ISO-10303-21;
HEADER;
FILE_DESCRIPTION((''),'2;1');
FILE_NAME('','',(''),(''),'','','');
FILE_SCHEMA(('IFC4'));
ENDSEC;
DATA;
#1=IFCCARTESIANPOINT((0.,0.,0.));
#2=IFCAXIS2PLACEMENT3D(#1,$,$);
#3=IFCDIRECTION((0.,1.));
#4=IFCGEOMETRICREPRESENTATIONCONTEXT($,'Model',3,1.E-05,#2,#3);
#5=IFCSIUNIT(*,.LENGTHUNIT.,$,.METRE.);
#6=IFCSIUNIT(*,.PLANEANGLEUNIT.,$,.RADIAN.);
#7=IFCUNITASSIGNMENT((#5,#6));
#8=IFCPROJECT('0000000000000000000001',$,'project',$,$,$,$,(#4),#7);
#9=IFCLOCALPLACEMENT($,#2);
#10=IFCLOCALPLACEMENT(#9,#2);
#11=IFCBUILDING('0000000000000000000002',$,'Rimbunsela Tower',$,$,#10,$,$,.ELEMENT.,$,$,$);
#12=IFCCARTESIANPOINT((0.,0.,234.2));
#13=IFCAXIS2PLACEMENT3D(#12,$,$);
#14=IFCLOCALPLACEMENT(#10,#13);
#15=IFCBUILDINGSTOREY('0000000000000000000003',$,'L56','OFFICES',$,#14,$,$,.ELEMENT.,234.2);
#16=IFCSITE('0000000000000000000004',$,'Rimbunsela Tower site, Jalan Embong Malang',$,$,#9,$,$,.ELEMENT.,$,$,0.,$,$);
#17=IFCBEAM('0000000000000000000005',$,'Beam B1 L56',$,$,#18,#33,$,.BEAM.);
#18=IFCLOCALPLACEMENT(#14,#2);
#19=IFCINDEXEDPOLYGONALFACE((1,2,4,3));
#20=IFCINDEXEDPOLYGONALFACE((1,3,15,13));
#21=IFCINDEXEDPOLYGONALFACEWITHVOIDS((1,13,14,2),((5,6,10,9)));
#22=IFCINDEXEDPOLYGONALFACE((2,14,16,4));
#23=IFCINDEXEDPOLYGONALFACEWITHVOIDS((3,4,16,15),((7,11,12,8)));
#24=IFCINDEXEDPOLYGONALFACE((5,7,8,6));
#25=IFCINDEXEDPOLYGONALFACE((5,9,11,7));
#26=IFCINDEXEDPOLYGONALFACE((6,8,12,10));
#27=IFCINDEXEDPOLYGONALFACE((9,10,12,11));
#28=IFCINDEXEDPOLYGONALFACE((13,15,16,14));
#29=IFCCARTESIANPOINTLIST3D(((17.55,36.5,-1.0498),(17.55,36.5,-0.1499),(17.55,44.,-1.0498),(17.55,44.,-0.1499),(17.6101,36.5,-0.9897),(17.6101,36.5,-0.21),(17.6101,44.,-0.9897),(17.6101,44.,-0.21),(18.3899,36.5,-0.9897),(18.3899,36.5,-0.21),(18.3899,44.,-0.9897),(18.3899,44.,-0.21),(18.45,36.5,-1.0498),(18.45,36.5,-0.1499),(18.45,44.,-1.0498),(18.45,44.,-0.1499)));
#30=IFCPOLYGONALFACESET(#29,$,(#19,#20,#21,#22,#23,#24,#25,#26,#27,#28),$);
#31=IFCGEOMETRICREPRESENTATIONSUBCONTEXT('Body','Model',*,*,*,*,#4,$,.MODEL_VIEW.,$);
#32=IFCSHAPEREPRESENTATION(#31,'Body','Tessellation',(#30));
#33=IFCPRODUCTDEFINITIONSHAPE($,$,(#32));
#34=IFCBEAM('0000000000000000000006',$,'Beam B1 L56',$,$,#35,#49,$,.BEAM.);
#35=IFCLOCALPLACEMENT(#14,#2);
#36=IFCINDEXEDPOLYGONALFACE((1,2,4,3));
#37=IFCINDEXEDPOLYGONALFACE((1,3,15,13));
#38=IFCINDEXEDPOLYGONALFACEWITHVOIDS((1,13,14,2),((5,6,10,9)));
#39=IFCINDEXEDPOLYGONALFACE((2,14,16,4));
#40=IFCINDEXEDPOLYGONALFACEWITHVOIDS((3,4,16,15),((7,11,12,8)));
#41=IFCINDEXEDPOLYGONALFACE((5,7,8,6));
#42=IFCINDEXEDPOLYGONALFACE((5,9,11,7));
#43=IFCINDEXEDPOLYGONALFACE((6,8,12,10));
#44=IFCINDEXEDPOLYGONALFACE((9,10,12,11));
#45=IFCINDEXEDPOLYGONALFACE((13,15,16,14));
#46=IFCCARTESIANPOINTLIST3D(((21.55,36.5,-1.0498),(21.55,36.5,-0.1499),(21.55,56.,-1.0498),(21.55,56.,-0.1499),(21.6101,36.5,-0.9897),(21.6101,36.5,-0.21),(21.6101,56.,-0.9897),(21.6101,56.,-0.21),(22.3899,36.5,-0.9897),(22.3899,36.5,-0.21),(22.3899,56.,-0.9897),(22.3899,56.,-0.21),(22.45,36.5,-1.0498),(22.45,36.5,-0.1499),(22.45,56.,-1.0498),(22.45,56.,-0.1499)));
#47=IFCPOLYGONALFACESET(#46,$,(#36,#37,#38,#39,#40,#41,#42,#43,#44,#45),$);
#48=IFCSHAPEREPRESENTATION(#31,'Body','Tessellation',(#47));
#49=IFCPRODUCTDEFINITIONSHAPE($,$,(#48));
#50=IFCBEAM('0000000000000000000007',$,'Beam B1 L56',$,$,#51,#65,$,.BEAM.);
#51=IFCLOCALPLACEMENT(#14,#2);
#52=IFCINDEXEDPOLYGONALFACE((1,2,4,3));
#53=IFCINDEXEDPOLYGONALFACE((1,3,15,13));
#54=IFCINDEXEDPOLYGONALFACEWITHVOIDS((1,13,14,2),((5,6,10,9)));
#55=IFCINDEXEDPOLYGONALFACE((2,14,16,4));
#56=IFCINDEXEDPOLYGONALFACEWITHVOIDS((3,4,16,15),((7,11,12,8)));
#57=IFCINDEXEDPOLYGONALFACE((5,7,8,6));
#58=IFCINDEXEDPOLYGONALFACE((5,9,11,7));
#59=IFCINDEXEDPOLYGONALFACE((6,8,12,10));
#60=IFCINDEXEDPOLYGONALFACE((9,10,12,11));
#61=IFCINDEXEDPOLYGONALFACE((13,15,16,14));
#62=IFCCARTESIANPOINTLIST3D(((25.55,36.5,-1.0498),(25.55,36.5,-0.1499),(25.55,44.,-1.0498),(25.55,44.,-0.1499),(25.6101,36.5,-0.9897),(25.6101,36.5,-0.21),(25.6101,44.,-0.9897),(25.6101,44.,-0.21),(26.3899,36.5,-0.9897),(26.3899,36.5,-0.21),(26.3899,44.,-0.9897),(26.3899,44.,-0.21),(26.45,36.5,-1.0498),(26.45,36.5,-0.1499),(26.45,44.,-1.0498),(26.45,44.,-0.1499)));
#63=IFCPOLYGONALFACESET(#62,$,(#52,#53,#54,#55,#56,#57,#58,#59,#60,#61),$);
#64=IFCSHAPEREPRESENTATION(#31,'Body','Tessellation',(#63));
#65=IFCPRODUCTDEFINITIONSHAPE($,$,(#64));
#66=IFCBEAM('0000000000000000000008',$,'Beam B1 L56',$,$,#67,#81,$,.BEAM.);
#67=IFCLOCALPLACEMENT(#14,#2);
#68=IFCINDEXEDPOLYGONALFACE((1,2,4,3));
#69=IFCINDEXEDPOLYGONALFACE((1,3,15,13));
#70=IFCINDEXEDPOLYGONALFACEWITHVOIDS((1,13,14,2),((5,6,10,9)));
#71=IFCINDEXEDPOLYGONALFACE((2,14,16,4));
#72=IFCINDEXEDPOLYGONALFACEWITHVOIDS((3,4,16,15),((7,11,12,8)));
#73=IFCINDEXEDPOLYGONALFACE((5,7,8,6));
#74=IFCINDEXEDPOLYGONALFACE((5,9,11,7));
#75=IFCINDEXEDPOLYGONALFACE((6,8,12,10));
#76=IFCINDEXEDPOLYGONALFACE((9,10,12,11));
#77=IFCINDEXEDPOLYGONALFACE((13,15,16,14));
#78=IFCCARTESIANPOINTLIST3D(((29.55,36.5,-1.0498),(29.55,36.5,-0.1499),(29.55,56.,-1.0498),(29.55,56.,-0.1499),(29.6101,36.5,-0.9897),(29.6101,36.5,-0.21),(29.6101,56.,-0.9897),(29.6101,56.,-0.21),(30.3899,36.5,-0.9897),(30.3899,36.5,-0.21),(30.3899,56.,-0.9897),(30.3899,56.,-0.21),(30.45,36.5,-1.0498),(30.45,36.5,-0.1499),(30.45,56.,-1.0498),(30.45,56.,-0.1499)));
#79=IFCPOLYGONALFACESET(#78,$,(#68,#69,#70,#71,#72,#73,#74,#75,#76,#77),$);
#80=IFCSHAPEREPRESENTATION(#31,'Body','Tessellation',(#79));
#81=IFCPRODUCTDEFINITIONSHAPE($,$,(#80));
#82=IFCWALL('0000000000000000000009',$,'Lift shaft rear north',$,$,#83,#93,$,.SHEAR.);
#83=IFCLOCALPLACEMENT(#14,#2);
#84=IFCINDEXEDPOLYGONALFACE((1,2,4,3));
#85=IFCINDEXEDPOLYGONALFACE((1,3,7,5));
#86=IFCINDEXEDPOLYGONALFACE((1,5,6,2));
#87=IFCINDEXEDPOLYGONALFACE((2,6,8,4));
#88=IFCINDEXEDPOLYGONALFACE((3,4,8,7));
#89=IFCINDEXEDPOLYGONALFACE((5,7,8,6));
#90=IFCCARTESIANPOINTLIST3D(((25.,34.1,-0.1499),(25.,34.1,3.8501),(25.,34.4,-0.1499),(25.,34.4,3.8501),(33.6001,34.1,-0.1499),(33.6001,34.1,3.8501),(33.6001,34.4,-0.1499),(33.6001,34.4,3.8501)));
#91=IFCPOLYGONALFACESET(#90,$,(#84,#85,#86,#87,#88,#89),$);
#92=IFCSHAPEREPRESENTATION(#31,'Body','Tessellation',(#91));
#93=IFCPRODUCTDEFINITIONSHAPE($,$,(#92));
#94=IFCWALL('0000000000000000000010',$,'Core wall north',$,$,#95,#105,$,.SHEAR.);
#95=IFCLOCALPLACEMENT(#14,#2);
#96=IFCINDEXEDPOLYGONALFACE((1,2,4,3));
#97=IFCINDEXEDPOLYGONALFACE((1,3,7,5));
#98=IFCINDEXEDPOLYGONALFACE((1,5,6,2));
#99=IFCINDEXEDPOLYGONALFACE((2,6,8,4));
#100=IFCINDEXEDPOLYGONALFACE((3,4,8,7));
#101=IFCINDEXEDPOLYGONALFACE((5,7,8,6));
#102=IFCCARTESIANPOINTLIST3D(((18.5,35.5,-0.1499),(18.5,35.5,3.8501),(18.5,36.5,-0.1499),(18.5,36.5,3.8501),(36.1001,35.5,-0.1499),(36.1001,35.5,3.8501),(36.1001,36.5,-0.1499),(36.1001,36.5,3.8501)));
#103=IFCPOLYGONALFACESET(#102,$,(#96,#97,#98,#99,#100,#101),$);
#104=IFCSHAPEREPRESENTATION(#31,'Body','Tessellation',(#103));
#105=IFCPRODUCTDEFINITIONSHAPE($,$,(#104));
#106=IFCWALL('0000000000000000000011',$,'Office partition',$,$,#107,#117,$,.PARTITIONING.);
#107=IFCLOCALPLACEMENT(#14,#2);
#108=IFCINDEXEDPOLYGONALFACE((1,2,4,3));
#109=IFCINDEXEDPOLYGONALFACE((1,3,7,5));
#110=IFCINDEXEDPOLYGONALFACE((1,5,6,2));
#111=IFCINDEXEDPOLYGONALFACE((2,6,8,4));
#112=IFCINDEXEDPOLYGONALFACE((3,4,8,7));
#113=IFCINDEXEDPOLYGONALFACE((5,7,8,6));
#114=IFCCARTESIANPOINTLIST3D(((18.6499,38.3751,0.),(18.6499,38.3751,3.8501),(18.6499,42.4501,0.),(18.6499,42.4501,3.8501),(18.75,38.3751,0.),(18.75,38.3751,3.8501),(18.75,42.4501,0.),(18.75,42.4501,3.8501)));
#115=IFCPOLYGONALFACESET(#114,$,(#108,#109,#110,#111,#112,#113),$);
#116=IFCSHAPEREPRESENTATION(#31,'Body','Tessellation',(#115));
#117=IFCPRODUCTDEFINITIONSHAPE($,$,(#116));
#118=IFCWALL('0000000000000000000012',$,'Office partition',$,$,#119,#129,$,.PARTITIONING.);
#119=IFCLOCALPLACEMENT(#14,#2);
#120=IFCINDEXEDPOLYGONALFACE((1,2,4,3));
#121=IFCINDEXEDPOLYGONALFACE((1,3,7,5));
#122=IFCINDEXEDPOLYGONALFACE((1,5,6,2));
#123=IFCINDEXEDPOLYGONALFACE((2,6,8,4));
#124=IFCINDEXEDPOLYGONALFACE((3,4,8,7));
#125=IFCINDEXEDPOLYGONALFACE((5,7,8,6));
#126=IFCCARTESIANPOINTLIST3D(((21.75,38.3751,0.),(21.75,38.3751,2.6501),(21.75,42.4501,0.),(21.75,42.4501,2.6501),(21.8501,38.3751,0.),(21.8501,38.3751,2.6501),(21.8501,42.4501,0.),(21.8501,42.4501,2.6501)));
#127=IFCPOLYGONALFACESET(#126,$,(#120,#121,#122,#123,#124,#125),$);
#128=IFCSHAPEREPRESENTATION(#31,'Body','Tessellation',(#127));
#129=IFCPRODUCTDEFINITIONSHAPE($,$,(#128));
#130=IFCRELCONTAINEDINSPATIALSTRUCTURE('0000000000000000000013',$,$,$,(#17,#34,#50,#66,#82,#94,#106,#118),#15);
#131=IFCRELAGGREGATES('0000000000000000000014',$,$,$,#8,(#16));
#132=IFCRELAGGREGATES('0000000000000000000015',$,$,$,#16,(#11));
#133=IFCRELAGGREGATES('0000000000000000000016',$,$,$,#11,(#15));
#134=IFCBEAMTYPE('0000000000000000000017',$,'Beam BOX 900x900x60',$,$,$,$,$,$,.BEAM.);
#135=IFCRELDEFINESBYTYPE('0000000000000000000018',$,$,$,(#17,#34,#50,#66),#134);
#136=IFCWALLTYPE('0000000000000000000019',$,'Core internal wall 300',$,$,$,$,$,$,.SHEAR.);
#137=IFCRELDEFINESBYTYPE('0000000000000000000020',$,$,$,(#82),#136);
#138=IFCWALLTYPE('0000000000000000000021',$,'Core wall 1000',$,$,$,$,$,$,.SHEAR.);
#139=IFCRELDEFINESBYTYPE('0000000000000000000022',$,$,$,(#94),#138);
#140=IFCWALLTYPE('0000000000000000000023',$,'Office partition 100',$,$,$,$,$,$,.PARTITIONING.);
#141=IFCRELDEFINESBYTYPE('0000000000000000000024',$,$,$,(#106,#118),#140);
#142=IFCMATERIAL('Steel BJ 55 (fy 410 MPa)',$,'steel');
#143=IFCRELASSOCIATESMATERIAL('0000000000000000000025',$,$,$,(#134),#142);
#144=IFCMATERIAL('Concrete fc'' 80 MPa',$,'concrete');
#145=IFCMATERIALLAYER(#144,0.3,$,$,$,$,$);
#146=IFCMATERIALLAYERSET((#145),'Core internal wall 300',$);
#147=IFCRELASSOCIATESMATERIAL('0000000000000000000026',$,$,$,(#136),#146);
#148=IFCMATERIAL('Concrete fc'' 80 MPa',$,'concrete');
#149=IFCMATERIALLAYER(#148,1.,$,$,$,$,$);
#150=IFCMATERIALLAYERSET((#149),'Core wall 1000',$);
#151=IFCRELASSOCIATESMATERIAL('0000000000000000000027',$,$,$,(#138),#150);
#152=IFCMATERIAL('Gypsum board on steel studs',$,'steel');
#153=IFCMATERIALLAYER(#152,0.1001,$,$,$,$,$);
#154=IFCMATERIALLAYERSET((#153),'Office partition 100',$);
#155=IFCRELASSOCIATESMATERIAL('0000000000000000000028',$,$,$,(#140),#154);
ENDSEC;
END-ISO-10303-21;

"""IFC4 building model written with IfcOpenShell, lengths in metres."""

from ifc_helpers import new_model, si_unit, direction, frame, frame_2d, origin, origin_2d, place, context, subcontext, project, spatial, rectangle, hollow_rectangle, extrude, material, layer, layer_set, material_profile, profile_set, type_object, element, save


model = new_model("IFC4")

# Units and contexts
model_context = context("Model", 3, precision=1e-05, world=origin(), true_north=direction((0.0, 1.0)))
body_context = subcontext(model_context, "Body", "Model", "MODEL_VIEW")
ifc_project = project(units=[si_unit("LENGTHUNIT", "METRE"), si_unit("PLANEANGLEUNIT", "RADIAN")], contexts=[model_context])

# Site, building, storey
site_placement = place(None, origin())
site = spatial("IfcSite", under=ifc_project, at=site_placement, Name="Rimbunsela Tower site, Jalan Embong Malang", CompositionType="ELEMENT", RefElevation=0.0)
building_placement = place(site_placement, origin())
building = spatial("IfcBuilding", under=site, at=building_placement, Name="Rimbunsela Tower", CompositionType="ELEMENT")
storey_placement = place(building_placement, frame((0.0, 0.0, 234.2)))
storey = spatial("IfcBuildingStorey", under=building, at=storey_placement, Name="L56", Description="OFFICES", CompositionType="ELEMENT", Elevation=234.2)

# Beams
ifc_material_1 = material(Name="Steel BJ 55 (fy 410 MPa)", Category="steel")
ifc_material_profile = material_profile(ifc_material_1, hollow_rectangle(XDim=0.8999, YDim=0.8999, WallThickness=0.0601, at=origin_2d()), Name="BOX 900x900x60")
ifc_profile_set = profile_set([ifc_material_profile], Name="Steel BJ 55 (fy 410 MPa)")
beam_type = type_object("IfcBeamType", Name="Beam BOX 900x900x60", PredefinedType="BEAM", material=ifc_profile_set)
beam_1_placement = place(storey_placement, frame((18.0, 36.5, -0.5999), z_axis=(0.0, 1.0, 0.0), x_axis=(-1.0, 0.0, 0.0)))
element("IfcBeam", 1, at=beam_1_placement, inside=storey, type_object=beam_type, Name="Beam B1 L56", PredefinedType="BEAM", context=body_context, shape_type="SweptSolid", body=[
    extrude(hollow_rectangle(XDim=0.8999, YDim=0.8999, WallThickness=0.0601, at=origin_2d()), origin(), (0.0, 0.0, 1.0), 7.5),
])
beam_2_placement = place(storey_placement, frame((22.0, 36.5, -0.5999), z_axis=(0.0, 1.0, 0.0), x_axis=(-1.0, 0.0, 0.0)))
element("IfcBeam", 2, at=beam_2_placement, inside=storey, type_object=beam_type, Name="Beam B1 L56", PredefinedType="BEAM", context=body_context, shape_type="SweptSolid", body=[
    extrude(hollow_rectangle(XDim=0.8999, YDim=0.8999, WallThickness=0.0601, at=origin_2d()), origin(), (0.0, 0.0, 1.0), 19.5),
])
beam_3_placement = place(storey_placement, frame((26.0, 36.5, -0.5999), z_axis=(0.0, 1.0, 0.0), x_axis=(-1.0, 0.0, 0.0)))
element("IfcBeam", 3, at=beam_3_placement, inside=storey, type_object=beam_type, Name="Beam B1 L56", PredefinedType="BEAM", context=body_context, shape_type="SweptSolid", body=[
    extrude(hollow_rectangle(XDim=0.8999, YDim=0.8999, WallThickness=0.0601, at=origin_2d()), origin(), (0.0, 0.0, 1.0), 7.5),
])
beam_4_placement = place(storey_placement, frame((30.0, 36.5, -0.5999), z_axis=(0.0, 1.0, 0.0), x_axis=(-1.0, 0.0, 0.0)))
element("IfcBeam", 4, at=beam_4_placement, inside=storey, type_object=beam_type, Name="Beam B1 L56", PredefinedType="BEAM", context=body_context, shape_type="SweptSolid", body=[
    extrude(hollow_rectangle(XDim=0.8999, YDim=0.8999, WallThickness=0.0601, at=origin_2d()), origin(), (0.0, 0.0, 1.0), 19.5),
])

# Walls
ifc_material_2 = material(Name="Concrete fc' 80 MPa", Category="concrete")
ifc_layer_1 = layer(ifc_material_2, 0.3)
ifc_layer_set_1 = layer_set([ifc_layer_1], Name="Core internal wall 300")
wall_type_1 = type_object("IfcWallType", Name="Core internal wall 300", PredefinedType="SHEAR", material=ifc_layer_set_1)
wall_1_placement = place(storey_placement, frame((25.0, 34.25, -0.1499), z_axis=(0.0, 0.0, 1.0), x_axis=(1.0, 0.0, 0.0)))
element("IfcWall", 5, at=wall_1_placement, inside=storey, type_object=wall_type_1, Name="Lift shaft rear north", PredefinedType="SHEAR", context=body_context, shape_type="SweptSolid", body=[
    extrude(rectangle(XDim=8.6001, YDim=0.3, at=frame_2d((4.3, 0.0))), origin(), (0.0, 0.0, 1.0), 4.0),
])
ifc_material_3 = material(Name="Concrete fc' 80 MPa", Category="concrete")
ifc_layer_2 = layer(ifc_material_3, 1.0)
ifc_layer_set_2 = layer_set([ifc_layer_2], Name="Core wall 1000")
wall_type_2 = type_object("IfcWallType", Name="Core wall 1000", PredefinedType="SHEAR", material=ifc_layer_set_2)
wall_2_placement = place(storey_placement, frame((18.5, 36.0, -0.1499), z_axis=(0.0, 0.0, 1.0), x_axis=(1.0, 0.0, 0.0)))
element("IfcWall", 6, at=wall_2_placement, inside=storey, type_object=wall_type_2, Name="Core wall north", PredefinedType="SHEAR", context=body_context, shape_type="SweptSolid", body=[
    extrude(rectangle(XDim=17.6001, YDim=1.0, at=frame_2d((8.8, 0.0))), origin(), (0.0, 0.0, 1.0), 4.0),
])
ifc_material_4 = material(Name="Gypsum board on steel studs", Category="steel")
ifc_layer_3 = layer(ifc_material_4, 0.1001)
ifc_layer_set_3 = layer_set([ifc_layer_3], Name="Office partition 100")
wall_type_3 = type_object("IfcWallType", Name="Office partition 100", PredefinedType="PARTITIONING", material=ifc_layer_set_3)
wall_3_placement = place(storey_placement, frame((18.7, 38.375, 0.0), z_axis=(0.0, 0.0, 1.0), x_axis=(0.0, 1.0, 0.0)))
element("IfcWall", 7, at=wall_3_placement, inside=storey, type_object=wall_type_3, Name="Office partition", PredefinedType="PARTITIONING", context=body_context, shape_type="SweptSolid", body=[
    extrude(rectangle(XDim=4.075, YDim=0.1001, at=frame_2d((2.0376, 0.0))), origin(), (0.0, 0.0, 1.0), 3.8501),
])
wall_4_placement = place(storey_placement, frame((21.8, 38.375, 0.0), z_axis=(0.0, 0.0, 1.0), x_axis=(0.0, 1.0, 0.0)))
element("IfcWall", 8, at=wall_4_placement, inside=storey, type_object=wall_type_3, Name="Office partition", PredefinedType="PARTITIONING", context=body_context, shape_type="SweptSolid", body=[
    extrude(rectangle(XDim=4.075, YDim=0.1001, at=frame_2d((2.0376, 0.0))), origin(), (0.0, 0.0, 1.0), 2.6501),
])

save(model, "model.ifc")
